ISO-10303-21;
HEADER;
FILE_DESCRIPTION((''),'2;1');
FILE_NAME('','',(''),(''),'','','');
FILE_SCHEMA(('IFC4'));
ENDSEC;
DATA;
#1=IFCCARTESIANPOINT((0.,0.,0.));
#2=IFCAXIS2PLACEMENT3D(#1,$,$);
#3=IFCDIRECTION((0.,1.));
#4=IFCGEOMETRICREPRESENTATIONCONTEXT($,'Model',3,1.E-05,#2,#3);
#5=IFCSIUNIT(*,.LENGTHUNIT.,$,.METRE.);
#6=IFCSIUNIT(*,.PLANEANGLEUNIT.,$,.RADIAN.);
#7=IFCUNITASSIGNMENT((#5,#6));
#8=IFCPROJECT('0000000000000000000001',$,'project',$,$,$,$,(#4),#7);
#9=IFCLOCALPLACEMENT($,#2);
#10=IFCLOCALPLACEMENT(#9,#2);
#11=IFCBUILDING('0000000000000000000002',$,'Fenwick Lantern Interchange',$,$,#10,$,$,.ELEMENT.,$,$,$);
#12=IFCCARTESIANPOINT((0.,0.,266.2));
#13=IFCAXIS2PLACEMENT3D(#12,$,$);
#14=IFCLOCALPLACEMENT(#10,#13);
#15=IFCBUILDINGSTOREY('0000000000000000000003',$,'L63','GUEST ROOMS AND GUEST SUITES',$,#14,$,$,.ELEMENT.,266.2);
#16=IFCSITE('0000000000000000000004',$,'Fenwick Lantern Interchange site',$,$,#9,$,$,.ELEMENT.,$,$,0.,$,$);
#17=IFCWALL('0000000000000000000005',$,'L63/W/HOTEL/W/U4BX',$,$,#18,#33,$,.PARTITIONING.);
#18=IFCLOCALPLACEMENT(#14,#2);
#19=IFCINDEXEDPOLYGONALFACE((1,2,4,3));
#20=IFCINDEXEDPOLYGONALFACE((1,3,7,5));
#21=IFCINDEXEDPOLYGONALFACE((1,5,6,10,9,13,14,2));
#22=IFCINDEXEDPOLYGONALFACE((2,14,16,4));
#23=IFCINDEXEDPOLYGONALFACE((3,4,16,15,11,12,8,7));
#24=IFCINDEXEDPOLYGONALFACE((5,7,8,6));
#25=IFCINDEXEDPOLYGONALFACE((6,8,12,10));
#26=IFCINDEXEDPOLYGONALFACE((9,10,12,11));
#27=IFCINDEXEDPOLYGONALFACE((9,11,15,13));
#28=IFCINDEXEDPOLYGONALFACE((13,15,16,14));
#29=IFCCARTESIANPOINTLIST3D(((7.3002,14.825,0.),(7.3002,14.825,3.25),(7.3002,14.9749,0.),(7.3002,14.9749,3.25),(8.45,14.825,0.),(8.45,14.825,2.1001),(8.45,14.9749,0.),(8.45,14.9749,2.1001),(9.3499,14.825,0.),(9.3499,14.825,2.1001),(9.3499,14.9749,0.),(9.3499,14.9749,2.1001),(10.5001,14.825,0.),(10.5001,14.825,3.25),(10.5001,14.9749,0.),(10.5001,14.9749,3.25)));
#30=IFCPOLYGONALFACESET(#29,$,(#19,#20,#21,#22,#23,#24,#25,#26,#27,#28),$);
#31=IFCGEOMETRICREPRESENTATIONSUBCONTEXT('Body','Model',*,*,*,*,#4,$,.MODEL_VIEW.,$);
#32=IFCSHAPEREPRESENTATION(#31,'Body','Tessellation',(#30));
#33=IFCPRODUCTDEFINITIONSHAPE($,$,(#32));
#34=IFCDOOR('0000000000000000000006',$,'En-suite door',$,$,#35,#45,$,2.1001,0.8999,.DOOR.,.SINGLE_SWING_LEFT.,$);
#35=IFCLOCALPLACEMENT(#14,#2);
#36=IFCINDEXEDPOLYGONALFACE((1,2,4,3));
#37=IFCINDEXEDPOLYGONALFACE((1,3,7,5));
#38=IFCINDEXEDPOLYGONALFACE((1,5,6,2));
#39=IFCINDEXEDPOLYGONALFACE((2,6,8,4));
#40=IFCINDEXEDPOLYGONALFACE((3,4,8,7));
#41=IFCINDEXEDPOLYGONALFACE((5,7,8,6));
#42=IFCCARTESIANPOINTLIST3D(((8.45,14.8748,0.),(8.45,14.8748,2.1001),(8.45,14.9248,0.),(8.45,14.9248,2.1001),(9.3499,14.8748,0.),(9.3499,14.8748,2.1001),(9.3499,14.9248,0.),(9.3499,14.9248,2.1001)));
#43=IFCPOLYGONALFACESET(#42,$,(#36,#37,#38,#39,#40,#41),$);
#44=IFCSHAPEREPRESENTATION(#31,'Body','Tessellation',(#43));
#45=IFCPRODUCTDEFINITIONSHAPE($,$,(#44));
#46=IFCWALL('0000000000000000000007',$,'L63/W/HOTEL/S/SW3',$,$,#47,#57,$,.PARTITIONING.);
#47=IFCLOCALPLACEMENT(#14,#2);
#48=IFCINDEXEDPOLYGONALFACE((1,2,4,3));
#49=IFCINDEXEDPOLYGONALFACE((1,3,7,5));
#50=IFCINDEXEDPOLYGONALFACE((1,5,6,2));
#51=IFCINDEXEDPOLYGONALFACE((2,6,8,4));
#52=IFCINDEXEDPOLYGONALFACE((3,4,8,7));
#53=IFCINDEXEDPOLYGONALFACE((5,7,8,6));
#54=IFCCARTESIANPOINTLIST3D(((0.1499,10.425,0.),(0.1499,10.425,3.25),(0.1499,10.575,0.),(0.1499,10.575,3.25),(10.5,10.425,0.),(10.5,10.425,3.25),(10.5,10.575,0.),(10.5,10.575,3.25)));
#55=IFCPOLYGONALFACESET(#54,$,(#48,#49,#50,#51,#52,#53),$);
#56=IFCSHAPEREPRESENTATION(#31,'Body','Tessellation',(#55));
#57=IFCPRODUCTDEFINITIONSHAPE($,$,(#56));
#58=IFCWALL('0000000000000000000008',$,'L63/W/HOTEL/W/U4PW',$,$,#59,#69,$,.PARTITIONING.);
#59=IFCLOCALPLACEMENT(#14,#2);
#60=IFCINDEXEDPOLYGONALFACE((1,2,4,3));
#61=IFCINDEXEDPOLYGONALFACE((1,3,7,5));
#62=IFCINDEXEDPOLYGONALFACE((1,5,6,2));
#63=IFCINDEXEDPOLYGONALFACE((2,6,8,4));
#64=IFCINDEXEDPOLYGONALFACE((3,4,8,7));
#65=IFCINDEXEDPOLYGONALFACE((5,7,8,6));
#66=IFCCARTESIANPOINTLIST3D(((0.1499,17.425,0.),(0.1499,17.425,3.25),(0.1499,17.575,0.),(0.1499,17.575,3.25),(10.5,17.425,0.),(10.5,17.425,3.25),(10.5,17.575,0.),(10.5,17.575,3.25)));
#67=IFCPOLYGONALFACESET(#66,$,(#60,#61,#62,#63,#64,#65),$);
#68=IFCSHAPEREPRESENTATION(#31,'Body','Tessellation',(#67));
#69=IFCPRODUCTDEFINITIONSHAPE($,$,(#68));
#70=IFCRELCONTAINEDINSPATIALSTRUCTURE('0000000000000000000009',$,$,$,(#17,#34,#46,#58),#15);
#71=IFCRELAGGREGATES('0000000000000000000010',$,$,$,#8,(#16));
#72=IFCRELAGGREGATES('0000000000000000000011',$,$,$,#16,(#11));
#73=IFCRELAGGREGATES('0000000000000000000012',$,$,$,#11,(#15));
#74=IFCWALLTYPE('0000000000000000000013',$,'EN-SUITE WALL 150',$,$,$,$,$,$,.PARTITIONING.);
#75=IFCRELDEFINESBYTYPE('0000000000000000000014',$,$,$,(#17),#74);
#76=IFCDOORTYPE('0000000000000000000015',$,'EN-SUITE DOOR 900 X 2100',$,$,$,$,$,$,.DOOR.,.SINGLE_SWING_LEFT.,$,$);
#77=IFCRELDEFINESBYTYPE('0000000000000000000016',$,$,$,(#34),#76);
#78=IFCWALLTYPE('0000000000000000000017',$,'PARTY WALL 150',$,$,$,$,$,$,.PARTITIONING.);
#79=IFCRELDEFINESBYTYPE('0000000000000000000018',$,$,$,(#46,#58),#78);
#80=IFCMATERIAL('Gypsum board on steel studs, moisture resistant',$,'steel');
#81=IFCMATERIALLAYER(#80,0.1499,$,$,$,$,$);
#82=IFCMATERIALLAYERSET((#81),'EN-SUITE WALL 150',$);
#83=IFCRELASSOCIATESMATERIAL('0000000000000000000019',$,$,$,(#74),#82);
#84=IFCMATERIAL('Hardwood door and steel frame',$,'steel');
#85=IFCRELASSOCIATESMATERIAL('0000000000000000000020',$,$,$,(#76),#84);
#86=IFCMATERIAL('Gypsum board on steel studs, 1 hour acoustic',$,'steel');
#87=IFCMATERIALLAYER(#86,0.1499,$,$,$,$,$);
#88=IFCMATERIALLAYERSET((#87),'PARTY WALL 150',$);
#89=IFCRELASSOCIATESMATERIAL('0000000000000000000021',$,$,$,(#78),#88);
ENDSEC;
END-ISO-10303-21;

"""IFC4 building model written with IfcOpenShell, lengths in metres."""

from ifc_helpers import new_model, si_unit, direction, frame, frame_2d, origin, place, context, subcontext, project, spatial, rectangle, extrude, material, layer, layer_set, type_object, element, fill, save


model = new_model("IFC4")

# Units and contexts
model_context = context("Model", 3, precision=1e-05, world=origin(), true_north=direction((0.0, 1.0)))
body_context = subcontext(model_context, "Body", "Model", "MODEL_VIEW")
ifc_project = project(units=[si_unit("LENGTHUNIT", "METRE"), si_unit("PLANEANGLEUNIT", "RADIAN")], contexts=[model_context])

# Site, building, storey
site_placement = place(None, origin())
site = spatial("IfcSite", under=ifc_project, at=site_placement, Name="Fenwick Lantern Interchange site", CompositionType="ELEMENT", RefElevation=0.0)
building_placement = place(site_placement, origin())
building = spatial("IfcBuilding", under=site, at=building_placement, Name="Fenwick Lantern Interchange", CompositionType="ELEMENT")
storey_placement = place(building_placement, frame((0.0, 0.0, 266.2)))
storey = spatial("IfcBuildingStorey", under=building, at=storey_placement, Name="L63", Description="GUEST ROOMS AND GUEST SUITES", CompositionType="ELEMENT", Elevation=266.2)

# Shared definitions
ifc_material_1 = material(Name="Gypsum board on steel studs, moisture resistant", Category="steel")
ifc_layer_1 = layer(ifc_material_1, 0.1499)
ifc_layer_set_1 = layer_set([ifc_layer_1], Name="EN-SUITE WALL 150")
wall_type_1 = type_object("IfcWallType", Name="EN-SUITE WALL 150", PredefinedType="PARTITIONING", material=ifc_layer_set_1)

# Wall, opening, door
wall_1_placement = place(storey_placement, frame((7.3, 14.8999, 0.0), z_axis=(0.0, 0.0, 1.0), x_axis=(1.0, 0.0, 0.0)))
wall_1 = element("IfcWall", 1, at=wall_1_placement, inside=storey, type_object=wall_type_1, Name="L63/W/HOTEL/W/U4BX", PredefinedType="PARTITIONING", context=body_context, shape_type="SweptSolid", body=[
    extrude(rectangle(XDim=3.2, YDim=0.1499, at=frame_2d((1.6001, 0.0))), origin(), (0.0, 0.0, 1.0), 3.25),
])
opening_placement = place(wall_1_placement, frame((1.1499, 0.0, 0.0)))
opening = element("IfcOpeningElement", 2, at=opening_placement, cuts=wall_1, PredefinedType="OPENING", context=body_context, shape_type="SweptSolid", body=[
    extrude(rectangle(XDim=0.8999, YDim=2.1001, at=frame_2d((0.45, 1.05))), frame((0.0, 0.085, 0.0), z_axis=(0.0, -1.0, 0.0), x_axis=(1.0, 0.0, 0.0)), (0.0, 0.0, 1.0), 0.1699),
])
ifc_material_2 = material(Name="Hardwood door and steel frame", Category="steel")
door_type = type_object("IfcDoorType", Name="EN-SUITE DOOR 900 X 2100", OperationType="SINGLE_SWING_LEFT", PredefinedType="DOOR", material=ifc_material_2)
door_placement = place(opening_placement, origin())
door = element("IfcDoor", 3, at=door_placement, inside=storey, type_object=door_type, Name="En-suite door", OperationType="SINGLE_SWING_LEFT", OverallHeight=2.1001, OverallWidth=0.8999, PredefinedType="DOOR", context=body_context, shape_type="SweptSolid", body=[
    extrude(rectangle(XDim=0.8999, YDim=2.1001, at=frame_2d((0.45, 1.05))), frame((0.0, 0.0249, 0.0), z_axis=(0.0, -1.0, 0.0), x_axis=(1.0, 0.0, 0.0)), (0.0, 0.0, 1.0), 0.05),
])
fill(opening, door)

# Walls
ifc_material_3 = material(Name="Gypsum board on steel studs, 1 hour acoustic", Category="steel")
ifc_layer_2 = layer(ifc_material_3, 0.1499)
ifc_layer_set_2 = layer_set([ifc_layer_2], Name="PARTY WALL 150")
wall_type_2 = type_object("IfcWallType", Name="PARTY WALL 150", PredefinedType="PARTITIONING", material=ifc_layer_set_2)
for number, where, z_axis, x_axis, name in (
    (4, (0.1499, 10.5, 0.0), (0.0, 0.0, 1.0), (1.0, 0.0, 0.0), "L63/W/HOTEL/S/SW3"),
    (5, (0.1499, 17.5, 0.0), (0.0, 0.0, 1.0), (1.0, 0.0, 0.0), "L63/W/HOTEL/W/U4PW"),
):
    element("IfcWall", number, at=place(storey_placement, frame(where, z_axis=z_axis, x_axis=x_axis)), inside=storey, type_object=wall_type_2, Name=name, PredefinedType="PARTITIONING", context=body_context, shape_type="SweptSolid", body=[
        extrude(rectangle(XDim=10.3501, YDim=0.1499, at=frame_2d((5.175, 0.0))), origin(), (0.0, 0.0, 1.0), 3.25),
    ])

save(model, "model.ifc")
